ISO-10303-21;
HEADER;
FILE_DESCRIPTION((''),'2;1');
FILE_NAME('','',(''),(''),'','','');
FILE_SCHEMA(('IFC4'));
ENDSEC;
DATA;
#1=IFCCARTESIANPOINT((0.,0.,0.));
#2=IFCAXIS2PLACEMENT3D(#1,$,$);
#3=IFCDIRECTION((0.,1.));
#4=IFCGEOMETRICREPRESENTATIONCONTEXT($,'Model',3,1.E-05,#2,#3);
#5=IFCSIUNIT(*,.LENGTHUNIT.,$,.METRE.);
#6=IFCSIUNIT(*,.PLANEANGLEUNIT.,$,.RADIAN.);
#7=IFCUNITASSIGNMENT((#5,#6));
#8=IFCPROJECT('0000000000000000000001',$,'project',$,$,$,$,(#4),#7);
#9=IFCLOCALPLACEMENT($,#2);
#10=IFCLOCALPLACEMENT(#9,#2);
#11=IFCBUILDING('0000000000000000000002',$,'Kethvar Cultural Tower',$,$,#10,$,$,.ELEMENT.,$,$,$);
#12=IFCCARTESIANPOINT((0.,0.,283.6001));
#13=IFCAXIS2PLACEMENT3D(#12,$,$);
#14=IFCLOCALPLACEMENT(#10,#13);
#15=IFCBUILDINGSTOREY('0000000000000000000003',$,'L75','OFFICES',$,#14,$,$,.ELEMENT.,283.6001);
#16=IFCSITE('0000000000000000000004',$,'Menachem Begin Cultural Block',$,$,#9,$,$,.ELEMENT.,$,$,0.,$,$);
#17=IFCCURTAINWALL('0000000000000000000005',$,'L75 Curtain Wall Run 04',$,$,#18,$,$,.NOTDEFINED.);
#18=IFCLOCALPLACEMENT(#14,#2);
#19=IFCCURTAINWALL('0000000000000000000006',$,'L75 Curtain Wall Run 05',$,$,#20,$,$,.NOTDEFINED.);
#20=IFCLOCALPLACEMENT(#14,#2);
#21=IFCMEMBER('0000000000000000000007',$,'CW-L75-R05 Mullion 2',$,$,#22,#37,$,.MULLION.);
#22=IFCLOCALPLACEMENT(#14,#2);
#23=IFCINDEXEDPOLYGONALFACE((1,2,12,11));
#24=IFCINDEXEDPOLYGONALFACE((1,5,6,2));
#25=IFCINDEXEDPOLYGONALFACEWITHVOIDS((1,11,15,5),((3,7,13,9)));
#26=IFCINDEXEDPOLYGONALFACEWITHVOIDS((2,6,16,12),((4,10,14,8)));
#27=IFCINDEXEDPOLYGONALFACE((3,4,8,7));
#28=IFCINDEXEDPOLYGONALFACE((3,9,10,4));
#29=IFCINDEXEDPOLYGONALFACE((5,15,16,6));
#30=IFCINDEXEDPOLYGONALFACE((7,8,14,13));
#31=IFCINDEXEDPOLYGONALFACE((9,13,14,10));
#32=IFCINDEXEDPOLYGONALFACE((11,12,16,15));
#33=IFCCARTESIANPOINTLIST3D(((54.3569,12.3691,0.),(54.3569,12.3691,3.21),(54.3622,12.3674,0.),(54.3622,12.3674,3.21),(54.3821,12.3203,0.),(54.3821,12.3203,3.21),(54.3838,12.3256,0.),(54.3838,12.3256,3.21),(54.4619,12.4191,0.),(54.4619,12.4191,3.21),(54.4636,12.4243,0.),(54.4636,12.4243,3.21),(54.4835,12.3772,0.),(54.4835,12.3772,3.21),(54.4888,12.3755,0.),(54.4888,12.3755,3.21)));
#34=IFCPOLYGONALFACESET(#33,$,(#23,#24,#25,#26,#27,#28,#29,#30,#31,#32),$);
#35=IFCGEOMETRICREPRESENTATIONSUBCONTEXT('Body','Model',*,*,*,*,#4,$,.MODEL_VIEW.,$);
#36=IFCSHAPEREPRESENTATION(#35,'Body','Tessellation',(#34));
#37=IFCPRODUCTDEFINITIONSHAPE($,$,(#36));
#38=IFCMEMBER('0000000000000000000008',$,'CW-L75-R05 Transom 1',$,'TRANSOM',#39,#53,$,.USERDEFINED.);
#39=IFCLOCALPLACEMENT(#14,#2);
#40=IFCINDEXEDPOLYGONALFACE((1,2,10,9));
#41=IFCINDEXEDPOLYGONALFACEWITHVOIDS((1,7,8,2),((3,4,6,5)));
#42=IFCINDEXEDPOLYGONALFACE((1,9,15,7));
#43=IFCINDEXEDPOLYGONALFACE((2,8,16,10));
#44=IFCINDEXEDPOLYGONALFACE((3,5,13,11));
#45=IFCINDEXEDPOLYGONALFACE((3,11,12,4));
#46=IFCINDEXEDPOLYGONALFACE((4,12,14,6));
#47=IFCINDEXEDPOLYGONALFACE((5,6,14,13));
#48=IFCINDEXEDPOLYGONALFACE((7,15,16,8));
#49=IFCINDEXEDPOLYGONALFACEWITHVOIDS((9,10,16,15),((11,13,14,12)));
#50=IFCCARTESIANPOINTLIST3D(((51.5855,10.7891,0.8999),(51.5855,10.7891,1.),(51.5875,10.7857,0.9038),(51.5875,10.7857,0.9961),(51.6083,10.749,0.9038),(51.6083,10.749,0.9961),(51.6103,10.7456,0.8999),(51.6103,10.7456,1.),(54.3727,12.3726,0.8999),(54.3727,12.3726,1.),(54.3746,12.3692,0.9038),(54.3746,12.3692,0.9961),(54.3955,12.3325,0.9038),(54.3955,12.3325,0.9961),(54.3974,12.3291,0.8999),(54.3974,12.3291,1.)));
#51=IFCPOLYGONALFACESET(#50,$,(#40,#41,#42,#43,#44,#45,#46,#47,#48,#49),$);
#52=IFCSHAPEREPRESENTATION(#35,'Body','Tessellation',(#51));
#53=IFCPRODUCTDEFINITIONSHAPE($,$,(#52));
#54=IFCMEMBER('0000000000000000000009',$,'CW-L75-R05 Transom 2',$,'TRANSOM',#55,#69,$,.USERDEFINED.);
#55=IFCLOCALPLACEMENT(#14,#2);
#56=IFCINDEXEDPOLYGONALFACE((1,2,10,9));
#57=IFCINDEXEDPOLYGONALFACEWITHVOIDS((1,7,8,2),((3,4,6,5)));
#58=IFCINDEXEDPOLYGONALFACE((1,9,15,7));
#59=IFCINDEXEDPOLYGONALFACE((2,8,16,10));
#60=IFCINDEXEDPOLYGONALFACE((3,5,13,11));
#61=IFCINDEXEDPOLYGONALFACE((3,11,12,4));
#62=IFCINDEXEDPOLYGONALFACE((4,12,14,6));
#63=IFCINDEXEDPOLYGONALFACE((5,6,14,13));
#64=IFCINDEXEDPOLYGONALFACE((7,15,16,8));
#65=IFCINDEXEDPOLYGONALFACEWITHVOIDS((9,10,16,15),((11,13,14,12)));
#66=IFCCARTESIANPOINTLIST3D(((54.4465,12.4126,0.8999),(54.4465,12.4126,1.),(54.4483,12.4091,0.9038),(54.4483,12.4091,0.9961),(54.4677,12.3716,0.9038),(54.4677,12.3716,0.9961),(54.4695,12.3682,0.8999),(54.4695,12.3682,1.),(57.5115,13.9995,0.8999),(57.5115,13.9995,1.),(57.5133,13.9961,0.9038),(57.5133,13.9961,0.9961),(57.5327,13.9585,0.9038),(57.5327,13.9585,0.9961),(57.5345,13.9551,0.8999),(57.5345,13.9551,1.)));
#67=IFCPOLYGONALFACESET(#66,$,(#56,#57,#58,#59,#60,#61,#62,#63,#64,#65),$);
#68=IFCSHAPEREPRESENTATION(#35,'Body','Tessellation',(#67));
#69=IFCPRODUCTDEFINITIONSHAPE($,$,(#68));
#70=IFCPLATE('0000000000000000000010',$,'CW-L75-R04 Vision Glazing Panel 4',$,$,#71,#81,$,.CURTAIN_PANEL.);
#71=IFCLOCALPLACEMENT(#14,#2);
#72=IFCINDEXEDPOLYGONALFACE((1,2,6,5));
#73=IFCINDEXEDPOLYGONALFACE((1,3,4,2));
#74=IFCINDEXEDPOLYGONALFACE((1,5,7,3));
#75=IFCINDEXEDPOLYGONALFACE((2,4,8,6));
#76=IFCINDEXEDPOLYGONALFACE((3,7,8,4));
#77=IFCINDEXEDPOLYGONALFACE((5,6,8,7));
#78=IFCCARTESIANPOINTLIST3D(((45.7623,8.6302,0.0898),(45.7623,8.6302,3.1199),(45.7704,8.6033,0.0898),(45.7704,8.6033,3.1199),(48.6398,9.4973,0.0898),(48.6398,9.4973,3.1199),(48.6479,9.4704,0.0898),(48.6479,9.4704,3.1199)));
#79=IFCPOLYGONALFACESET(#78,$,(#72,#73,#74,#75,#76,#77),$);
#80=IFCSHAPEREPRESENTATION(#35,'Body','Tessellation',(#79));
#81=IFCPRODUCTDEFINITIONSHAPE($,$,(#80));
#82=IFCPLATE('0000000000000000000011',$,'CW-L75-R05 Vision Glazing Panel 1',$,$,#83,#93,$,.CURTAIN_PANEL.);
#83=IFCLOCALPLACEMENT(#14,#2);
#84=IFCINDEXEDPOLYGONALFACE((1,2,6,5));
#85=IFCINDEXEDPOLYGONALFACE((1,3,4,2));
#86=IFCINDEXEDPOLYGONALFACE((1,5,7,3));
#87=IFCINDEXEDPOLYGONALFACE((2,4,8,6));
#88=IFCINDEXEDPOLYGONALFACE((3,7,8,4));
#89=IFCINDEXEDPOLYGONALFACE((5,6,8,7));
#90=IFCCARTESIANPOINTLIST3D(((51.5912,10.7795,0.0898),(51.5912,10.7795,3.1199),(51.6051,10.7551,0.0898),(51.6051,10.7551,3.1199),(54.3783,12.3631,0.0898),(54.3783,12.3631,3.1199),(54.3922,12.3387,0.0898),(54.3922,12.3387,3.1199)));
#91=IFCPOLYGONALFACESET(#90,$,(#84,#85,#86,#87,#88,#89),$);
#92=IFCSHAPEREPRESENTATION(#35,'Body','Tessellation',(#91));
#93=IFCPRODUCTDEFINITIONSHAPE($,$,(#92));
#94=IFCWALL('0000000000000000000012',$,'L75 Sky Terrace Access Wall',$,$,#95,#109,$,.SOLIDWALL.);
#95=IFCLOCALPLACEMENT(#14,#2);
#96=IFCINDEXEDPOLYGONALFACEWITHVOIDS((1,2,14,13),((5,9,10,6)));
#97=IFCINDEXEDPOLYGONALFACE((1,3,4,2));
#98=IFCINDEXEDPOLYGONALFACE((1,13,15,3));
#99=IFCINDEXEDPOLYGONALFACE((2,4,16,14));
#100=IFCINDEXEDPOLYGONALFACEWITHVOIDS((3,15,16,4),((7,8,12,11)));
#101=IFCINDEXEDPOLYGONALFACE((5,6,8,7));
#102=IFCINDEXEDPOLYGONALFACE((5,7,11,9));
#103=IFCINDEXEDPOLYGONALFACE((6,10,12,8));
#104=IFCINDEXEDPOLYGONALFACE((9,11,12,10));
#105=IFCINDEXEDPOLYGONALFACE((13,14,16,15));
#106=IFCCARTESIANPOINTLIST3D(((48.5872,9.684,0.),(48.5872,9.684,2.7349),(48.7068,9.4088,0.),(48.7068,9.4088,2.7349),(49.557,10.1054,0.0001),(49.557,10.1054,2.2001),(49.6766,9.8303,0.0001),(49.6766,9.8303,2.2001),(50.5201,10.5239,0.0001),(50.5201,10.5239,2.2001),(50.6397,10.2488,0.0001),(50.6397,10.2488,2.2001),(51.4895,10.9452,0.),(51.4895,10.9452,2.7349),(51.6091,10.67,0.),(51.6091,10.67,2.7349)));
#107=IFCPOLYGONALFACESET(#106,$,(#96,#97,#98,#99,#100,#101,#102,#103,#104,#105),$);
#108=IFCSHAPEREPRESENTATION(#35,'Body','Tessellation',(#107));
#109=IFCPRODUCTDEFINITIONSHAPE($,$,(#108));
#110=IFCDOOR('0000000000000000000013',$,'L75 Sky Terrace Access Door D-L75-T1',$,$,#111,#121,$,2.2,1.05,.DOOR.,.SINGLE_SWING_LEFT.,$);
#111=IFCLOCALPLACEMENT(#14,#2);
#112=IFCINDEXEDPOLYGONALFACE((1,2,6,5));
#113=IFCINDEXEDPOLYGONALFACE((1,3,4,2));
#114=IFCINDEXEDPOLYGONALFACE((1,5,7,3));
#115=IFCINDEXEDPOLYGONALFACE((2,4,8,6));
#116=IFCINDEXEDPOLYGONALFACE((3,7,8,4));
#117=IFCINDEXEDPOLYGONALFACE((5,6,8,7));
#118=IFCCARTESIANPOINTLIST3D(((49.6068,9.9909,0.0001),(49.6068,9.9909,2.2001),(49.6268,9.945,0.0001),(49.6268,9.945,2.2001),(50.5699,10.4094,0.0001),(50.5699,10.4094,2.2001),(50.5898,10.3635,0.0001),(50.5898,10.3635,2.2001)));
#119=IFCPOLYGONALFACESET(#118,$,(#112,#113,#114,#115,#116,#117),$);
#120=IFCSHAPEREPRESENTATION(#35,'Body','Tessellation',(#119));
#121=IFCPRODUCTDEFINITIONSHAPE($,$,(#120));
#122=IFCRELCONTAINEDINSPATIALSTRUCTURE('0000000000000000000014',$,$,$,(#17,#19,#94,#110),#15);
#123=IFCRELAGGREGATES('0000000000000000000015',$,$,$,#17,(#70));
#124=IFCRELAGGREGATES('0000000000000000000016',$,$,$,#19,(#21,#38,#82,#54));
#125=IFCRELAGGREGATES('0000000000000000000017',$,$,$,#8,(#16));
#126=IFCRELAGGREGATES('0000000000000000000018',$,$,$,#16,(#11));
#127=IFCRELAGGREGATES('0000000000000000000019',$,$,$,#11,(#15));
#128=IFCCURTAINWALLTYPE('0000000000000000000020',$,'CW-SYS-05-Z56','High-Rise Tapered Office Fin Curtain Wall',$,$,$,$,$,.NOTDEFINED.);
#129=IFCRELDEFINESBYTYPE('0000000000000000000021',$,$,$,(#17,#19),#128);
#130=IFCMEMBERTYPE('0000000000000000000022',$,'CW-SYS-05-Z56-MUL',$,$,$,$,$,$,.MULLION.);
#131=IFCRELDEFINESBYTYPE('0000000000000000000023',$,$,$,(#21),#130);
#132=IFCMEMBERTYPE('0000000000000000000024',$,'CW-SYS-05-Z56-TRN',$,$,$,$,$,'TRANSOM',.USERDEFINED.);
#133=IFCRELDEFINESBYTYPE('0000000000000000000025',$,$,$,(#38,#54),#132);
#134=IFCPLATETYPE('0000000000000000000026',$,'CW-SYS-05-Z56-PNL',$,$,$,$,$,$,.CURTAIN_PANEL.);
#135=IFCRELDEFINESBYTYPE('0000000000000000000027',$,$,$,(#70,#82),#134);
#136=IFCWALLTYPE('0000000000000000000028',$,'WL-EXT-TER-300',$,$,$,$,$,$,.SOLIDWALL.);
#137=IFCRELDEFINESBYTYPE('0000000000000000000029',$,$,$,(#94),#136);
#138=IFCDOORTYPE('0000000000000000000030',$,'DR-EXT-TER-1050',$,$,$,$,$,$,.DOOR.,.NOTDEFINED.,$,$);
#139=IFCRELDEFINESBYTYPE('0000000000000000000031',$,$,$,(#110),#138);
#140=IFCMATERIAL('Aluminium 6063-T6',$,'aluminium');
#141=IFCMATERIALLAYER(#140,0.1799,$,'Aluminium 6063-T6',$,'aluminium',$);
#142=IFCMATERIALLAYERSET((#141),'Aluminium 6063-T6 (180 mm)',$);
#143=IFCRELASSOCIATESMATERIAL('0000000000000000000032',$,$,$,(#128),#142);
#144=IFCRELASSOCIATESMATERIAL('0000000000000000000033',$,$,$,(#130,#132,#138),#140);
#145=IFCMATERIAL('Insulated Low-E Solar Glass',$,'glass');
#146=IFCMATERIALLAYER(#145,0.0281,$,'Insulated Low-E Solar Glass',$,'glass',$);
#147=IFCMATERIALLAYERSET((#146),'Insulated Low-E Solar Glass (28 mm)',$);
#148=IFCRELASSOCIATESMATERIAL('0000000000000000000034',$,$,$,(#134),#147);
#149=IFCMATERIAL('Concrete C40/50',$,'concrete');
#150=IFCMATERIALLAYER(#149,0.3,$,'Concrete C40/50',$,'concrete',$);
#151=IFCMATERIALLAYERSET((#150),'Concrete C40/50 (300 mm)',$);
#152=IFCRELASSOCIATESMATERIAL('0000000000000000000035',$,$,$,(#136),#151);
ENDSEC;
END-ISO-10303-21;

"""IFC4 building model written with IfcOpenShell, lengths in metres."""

from ifc_helpers import new_model, si_unit, direction, frame, frame_2d, origin, origin_2d, place, context, subcontext, project, spatial, rectangle, hollow_rectangle, extrude, source, transform, mapped, material, layer, layer_set, material_profile, profile_set, type_object, element, fill, aggregate, save


model = new_model("IFC4")

# Units and contexts
model_context = context("Model", 3, precision=1e-05, world=origin(), true_north=direction((0.0, 1.0)))
body_context = subcontext(model_context, "Body", "Model", "MODEL_VIEW")
ifc_project = project(units=[si_unit("LENGTHUNIT", "METRE"), si_unit("PLANEANGLEUNIT", "RADIAN")], contexts=[model_context])

# Site, building, storey
site_placement = place(None, origin())
site = spatial("IfcSite", under=ifc_project, at=site_placement, Name="Menachem Begin Cultural Block", CompositionType="ELEMENT", RefElevation=0.0)
building_placement = place(site_placement, origin())
building = spatial("IfcBuilding", under=site, at=building_placement, Name="Kethvar Cultural Tower", CompositionType="ELEMENT")
storey_placement = place(building_placement, frame((0.0, 0.0, 283.6001)))
storey = spatial("IfcBuildingStorey", under=building, at=storey_placement, Name="L75", Description="OFFICES", CompositionType="ELEMENT", Elevation=283.6001)

# Curtain wall
ifc_material_1 = material(Name="Aluminium 6063-T6", Category="aluminium")
ifc_layer_1 = layer(ifc_material_1, 0.1799, Name="Aluminium 6063-T6", Category="aluminium")
ifc_layer_set_1 = layer_set([ifc_layer_1], Name="Aluminium 6063-T6 (180 mm)")
curtain_wall_type = type_object("IfcCurtainWallType", Name="CW-SYS-05-Z56", Description="High-Rise Tapered Office Fin Curtain Wall", PredefinedType="NOTDEFINED", material=ifc_layer_set_1)
curtain_wall_1_placement = place(storey_placement, origin())
curtain_wall_1 = element("IfcCurtainWall", 1, at=curtain_wall_1_placement, inside=storey, type_object=curtain_wall_type, Name="L75 Curtain Wall Run 04", PredefinedType="NOTDEFINED")
ifc_material_profile_1 = material_profile(ifc_material_1, hollow_rectangle(XDim=0.0549, YDim=0.1201, WallThickness=0.0039, at=origin_2d()), Name="Aluminium 6063-T6 — RHS120x55x4")
ifc_profile_set_1 = profile_set([ifc_material_profile_1], Name="Aluminium 6063-T6 — RHS120x55x4")
member_type_1 = type_object("IfcMemberType", Name="CW-SYS-05-Z56-MUL", PredefinedType="MULLION", material=ifc_profile_set_1)
shared_shape_1 = source(origin(), body_context, "Body", "SweptSolid", [
    extrude(hollow_rectangle(XDim=0.0549, YDim=0.1201, WallThickness=0.0039, at=origin_2d()), origin(), (0.0, 0.0, 1.0), 3.21),
])

# Curtain wall, members
curtain_wall_2_placement = place(storey_placement, origin())
curtain_wall_2 = element("IfcCurtainWall", 2, at=curtain_wall_2_placement, inside=storey, type_object=curtain_wall_type, Name="L75 Curtain Wall Run 05", PredefinedType="NOTDEFINED")
member_1_placement = place(storey_placement, frame((54.4229, 12.3723, 0.0), z_axis=(0.0, 0.0, 1.0), x_axis=(-0.459781, 0.888032, 0.0)))
member_1 = element("IfcMember", 3, at=member_1_placement, type_object=member_type_1, Name="CW-L75-R05 Mullion 2", PredefinedType="MULLION", context=body_context, shape_type="MappedRepresentation", body=[
    mapped(shared_shape_1, transform((0.0, 0.0, 0.0), scale=1.0)),
])
ifc_material_profile_2 = material_profile(ifc_material_1, hollow_rectangle(XDim=0.05, YDim=0.1001, WallThickness=0.0039, at=origin_2d()), Name="Aluminium 6063-T6 — RHS100x50x4")
ifc_profile_set_2 = profile_set([ifc_material_profile_2], Name="Aluminium 6063-T6 — RHS100x50x4")
member_type_2 = type_object("IfcMemberType", Name="CW-SYS-05-Z56-TRN", ElementType="TRANSOM", PredefinedType="USERDEFINED", material=ifc_profile_set_2)
shared_shape_2 = source(origin(), body_context, "Body", "SweptSolid", [
    extrude(hollow_rectangle(XDim=0.05, YDim=0.1001, WallThickness=0.0039, at=origin_2d()), origin(), (0.0, 0.0, 1.0), 3.2056),
])
member_2_placement = place(storey_placement, frame((51.5979, 10.7673, 0.95), z_axis=(0.869468, 0.493988, 0.0), x_axis=(-0.493988, 0.869468, 0.0)))
member_2 = element("IfcMember", 4, at=member_2_placement, type_object=member_type_2, Name="CW-L75-R05 Transom 1", ObjectType="TRANSOM", PredefinedType="USERDEFINED", context=body_context, shape_type="MappedRepresentation", body=[
    mapped(shared_shape_2, transform((0.0, 0.0, 0.0), scale=1.0)),
])
shared_shape_3 = source(origin(), body_context, "Body", "SweptSolid", [
    extrude(hollow_rectangle(XDim=0.05, YDim=0.1001, WallThickness=0.0039, at=origin_2d()), origin(), (0.0, 0.0, 1.0), 3.4514),
])
member_3_placement = place(storey_placement, frame((54.458, 12.3904, 0.95), z_axis=(0.888028, 0.459789, 0.0), x_axis=(-0.459789, 0.888028, 0.0)))
member_3 = element("IfcMember", 5, at=member_3_placement, type_object=member_type_2, Name="CW-L75-R05 Transom 2", ObjectType="TRANSOM", PredefinedType="USERDEFINED", context=body_context, shape_type="MappedRepresentation", body=[
    mapped(shared_shape_3, transform((0.0, 0.0, 0.0), scale=1.0)),
])

# Plates
ifc_material_2 = material(Name="Insulated Low-E Solar Glass", Category="glass")
ifc_layer_2 = layer(ifc_material_2, 0.0281, Name="Insulated Low-E Solar Glass", Category="glass")
ifc_layer_set_2 = layer_set([ifc_layer_2], Name="Insulated Low-E Solar Glass (28 mm)")
plate_type = type_object("IfcPlateType", Name="CW-SYS-05-Z56-PNL", PredefinedType="CURTAIN_PANEL", material=ifc_layer_set_2)
shared_shape_4 = source(origin(), body_context, "Body", "SweptSolid", [
    extrude(rectangle(XDim=3.0054, YDim=0.0281, at=origin_2d()), origin(), (0.0, 0.0, 1.0), 3.03),
])
plate_1_placement = place(storey_placement, frame((47.2051, 9.0503, 0.0898), z_axis=(0.0, 0.0, 1.0), x_axis=(0.957471, 0.288531, 0.0)))
plate_1 = element("IfcPlate", 6, at=plate_1_placement, type_object=plate_type, Name="CW-L75-R04 Vision Glazing Panel 4", PredefinedType="CURTAIN_PANEL", context=body_context, shape_type="MappedRepresentation", body=[
    mapped(shared_shape_4, transform((0.0, 0.0, 0.0), scale=1.0)),
])
aggregate(curtain_wall_1, [plate_1])
shared_shape_5 = source(origin(), body_context, "Body", "SweptSolid", [
    extrude(rectangle(XDim=3.2056, YDim=0.0281, at=origin_2d()), origin(), (0.0, 0.0, 1.0), 3.03),
])
plate_2_placement = place(storey_placement, frame((52.9917, 11.5591, 0.0898), z_axis=(0.0, 0.0, 1.0), x_axis=(0.869452, 0.494018, 0.0)))
plate_2 = element("IfcPlate", 7, at=plate_2_placement, type_object=plate_type, Name="CW-L75-R05 Vision Glazing Panel 1", PredefinedType="CURTAIN_PANEL", context=body_context, shape_type="MappedRepresentation", body=[
    mapped(shared_shape_5, transform((0.0, 0.0, 0.0), scale=1.0)),
])
aggregate(curtain_wall_2, [member_1, member_2, plate_2, member_3])

# Wall, opening, door
ifc_material_3 = material(Name="Concrete C40/50", Category="concrete")
ifc_layer_3 = layer(ifc_material_3, 0.3, Name="Concrete C40/50", Category="concrete")
ifc_layer_set_3 = layer_set([ifc_layer_3], Name="Concrete C40/50 (300 mm)")
wall_type = type_object("IfcWallType", Name="WL-EXT-TER-300", PredefinedType="SOLIDWALL", material=ifc_layer_set_3)
wall_placement = place(storey_placement, frame((51.5493, 10.8076, 0.0), z_axis=(0.0, 0.0, 1.0), x_axis=(-0.917146, -0.398551, 0.0)))
wall = element("IfcWall", 8, at=wall_placement, inside=storey, type_object=wall_type, Name="L75 Sky Terrace Access Wall", PredefinedType="SOLIDWALL", context=body_context, shape_type="SweptSolid", body=[
    extrude(rectangle(XDim=3.1646, YDim=0.3, at=frame_2d((1.5823, 0.0))), origin(), (0.0, 0.0, 1.0), 2.7349),
])
opening_placement = place(wall_placement, frame((1.0571, 0.0, 0.0)))
opening = element("IfcOpeningElement", 9, at=opening_placement, cuts=wall, PredefinedType="OPENING", context=body_context, shape_type="SweptSolid", body=[
    extrude(rectangle(XDim=1.05, YDim=2.2, at=frame_2d((0.5249, 1.1001))), frame((0.0, 0.1599, 0.0), z_axis=(0.0, -1.0, 0.0), x_axis=(1.0, 0.0, 0.0)), (0.0, 0.0, 1.0), 0.3201),
])
door_type = type_object("IfcDoorType", Name="DR-EXT-TER-1050", OperationType="NOTDEFINED", PredefinedType="DOOR", material=ifc_material_1)
shared_shape_6 = source(origin(), body_context, "Body", "SweptSolid", [
    extrude(rectangle(XDim=1.05, YDim=2.2, at=frame_2d((0.5249, 1.1001))), frame((0.0, 0.0249, 0.0), z_axis=(0.0, -1.0, 0.0), x_axis=(1.0, 0.0, 0.0)), (0.0, 0.0, 1.0), 0.05),
])
door_placement = place(opening_placement, origin())
door = element("IfcDoor", 10, at=door_placement, inside=storey, type_object=door_type, Name="L75 Sky Terrace Access Door D-L75-T1", OperationType="SINGLE_SWING_LEFT", OverallHeight=2.2, OverallWidth=1.05, PredefinedType="DOOR", context=body_context, shape_type="MappedRepresentation", body=[
    mapped(shared_shape_6, transform((0.0, 0.0, 0.0), scale=1.0)),
])
fill(opening, door)

save(model, "model.ifc")
